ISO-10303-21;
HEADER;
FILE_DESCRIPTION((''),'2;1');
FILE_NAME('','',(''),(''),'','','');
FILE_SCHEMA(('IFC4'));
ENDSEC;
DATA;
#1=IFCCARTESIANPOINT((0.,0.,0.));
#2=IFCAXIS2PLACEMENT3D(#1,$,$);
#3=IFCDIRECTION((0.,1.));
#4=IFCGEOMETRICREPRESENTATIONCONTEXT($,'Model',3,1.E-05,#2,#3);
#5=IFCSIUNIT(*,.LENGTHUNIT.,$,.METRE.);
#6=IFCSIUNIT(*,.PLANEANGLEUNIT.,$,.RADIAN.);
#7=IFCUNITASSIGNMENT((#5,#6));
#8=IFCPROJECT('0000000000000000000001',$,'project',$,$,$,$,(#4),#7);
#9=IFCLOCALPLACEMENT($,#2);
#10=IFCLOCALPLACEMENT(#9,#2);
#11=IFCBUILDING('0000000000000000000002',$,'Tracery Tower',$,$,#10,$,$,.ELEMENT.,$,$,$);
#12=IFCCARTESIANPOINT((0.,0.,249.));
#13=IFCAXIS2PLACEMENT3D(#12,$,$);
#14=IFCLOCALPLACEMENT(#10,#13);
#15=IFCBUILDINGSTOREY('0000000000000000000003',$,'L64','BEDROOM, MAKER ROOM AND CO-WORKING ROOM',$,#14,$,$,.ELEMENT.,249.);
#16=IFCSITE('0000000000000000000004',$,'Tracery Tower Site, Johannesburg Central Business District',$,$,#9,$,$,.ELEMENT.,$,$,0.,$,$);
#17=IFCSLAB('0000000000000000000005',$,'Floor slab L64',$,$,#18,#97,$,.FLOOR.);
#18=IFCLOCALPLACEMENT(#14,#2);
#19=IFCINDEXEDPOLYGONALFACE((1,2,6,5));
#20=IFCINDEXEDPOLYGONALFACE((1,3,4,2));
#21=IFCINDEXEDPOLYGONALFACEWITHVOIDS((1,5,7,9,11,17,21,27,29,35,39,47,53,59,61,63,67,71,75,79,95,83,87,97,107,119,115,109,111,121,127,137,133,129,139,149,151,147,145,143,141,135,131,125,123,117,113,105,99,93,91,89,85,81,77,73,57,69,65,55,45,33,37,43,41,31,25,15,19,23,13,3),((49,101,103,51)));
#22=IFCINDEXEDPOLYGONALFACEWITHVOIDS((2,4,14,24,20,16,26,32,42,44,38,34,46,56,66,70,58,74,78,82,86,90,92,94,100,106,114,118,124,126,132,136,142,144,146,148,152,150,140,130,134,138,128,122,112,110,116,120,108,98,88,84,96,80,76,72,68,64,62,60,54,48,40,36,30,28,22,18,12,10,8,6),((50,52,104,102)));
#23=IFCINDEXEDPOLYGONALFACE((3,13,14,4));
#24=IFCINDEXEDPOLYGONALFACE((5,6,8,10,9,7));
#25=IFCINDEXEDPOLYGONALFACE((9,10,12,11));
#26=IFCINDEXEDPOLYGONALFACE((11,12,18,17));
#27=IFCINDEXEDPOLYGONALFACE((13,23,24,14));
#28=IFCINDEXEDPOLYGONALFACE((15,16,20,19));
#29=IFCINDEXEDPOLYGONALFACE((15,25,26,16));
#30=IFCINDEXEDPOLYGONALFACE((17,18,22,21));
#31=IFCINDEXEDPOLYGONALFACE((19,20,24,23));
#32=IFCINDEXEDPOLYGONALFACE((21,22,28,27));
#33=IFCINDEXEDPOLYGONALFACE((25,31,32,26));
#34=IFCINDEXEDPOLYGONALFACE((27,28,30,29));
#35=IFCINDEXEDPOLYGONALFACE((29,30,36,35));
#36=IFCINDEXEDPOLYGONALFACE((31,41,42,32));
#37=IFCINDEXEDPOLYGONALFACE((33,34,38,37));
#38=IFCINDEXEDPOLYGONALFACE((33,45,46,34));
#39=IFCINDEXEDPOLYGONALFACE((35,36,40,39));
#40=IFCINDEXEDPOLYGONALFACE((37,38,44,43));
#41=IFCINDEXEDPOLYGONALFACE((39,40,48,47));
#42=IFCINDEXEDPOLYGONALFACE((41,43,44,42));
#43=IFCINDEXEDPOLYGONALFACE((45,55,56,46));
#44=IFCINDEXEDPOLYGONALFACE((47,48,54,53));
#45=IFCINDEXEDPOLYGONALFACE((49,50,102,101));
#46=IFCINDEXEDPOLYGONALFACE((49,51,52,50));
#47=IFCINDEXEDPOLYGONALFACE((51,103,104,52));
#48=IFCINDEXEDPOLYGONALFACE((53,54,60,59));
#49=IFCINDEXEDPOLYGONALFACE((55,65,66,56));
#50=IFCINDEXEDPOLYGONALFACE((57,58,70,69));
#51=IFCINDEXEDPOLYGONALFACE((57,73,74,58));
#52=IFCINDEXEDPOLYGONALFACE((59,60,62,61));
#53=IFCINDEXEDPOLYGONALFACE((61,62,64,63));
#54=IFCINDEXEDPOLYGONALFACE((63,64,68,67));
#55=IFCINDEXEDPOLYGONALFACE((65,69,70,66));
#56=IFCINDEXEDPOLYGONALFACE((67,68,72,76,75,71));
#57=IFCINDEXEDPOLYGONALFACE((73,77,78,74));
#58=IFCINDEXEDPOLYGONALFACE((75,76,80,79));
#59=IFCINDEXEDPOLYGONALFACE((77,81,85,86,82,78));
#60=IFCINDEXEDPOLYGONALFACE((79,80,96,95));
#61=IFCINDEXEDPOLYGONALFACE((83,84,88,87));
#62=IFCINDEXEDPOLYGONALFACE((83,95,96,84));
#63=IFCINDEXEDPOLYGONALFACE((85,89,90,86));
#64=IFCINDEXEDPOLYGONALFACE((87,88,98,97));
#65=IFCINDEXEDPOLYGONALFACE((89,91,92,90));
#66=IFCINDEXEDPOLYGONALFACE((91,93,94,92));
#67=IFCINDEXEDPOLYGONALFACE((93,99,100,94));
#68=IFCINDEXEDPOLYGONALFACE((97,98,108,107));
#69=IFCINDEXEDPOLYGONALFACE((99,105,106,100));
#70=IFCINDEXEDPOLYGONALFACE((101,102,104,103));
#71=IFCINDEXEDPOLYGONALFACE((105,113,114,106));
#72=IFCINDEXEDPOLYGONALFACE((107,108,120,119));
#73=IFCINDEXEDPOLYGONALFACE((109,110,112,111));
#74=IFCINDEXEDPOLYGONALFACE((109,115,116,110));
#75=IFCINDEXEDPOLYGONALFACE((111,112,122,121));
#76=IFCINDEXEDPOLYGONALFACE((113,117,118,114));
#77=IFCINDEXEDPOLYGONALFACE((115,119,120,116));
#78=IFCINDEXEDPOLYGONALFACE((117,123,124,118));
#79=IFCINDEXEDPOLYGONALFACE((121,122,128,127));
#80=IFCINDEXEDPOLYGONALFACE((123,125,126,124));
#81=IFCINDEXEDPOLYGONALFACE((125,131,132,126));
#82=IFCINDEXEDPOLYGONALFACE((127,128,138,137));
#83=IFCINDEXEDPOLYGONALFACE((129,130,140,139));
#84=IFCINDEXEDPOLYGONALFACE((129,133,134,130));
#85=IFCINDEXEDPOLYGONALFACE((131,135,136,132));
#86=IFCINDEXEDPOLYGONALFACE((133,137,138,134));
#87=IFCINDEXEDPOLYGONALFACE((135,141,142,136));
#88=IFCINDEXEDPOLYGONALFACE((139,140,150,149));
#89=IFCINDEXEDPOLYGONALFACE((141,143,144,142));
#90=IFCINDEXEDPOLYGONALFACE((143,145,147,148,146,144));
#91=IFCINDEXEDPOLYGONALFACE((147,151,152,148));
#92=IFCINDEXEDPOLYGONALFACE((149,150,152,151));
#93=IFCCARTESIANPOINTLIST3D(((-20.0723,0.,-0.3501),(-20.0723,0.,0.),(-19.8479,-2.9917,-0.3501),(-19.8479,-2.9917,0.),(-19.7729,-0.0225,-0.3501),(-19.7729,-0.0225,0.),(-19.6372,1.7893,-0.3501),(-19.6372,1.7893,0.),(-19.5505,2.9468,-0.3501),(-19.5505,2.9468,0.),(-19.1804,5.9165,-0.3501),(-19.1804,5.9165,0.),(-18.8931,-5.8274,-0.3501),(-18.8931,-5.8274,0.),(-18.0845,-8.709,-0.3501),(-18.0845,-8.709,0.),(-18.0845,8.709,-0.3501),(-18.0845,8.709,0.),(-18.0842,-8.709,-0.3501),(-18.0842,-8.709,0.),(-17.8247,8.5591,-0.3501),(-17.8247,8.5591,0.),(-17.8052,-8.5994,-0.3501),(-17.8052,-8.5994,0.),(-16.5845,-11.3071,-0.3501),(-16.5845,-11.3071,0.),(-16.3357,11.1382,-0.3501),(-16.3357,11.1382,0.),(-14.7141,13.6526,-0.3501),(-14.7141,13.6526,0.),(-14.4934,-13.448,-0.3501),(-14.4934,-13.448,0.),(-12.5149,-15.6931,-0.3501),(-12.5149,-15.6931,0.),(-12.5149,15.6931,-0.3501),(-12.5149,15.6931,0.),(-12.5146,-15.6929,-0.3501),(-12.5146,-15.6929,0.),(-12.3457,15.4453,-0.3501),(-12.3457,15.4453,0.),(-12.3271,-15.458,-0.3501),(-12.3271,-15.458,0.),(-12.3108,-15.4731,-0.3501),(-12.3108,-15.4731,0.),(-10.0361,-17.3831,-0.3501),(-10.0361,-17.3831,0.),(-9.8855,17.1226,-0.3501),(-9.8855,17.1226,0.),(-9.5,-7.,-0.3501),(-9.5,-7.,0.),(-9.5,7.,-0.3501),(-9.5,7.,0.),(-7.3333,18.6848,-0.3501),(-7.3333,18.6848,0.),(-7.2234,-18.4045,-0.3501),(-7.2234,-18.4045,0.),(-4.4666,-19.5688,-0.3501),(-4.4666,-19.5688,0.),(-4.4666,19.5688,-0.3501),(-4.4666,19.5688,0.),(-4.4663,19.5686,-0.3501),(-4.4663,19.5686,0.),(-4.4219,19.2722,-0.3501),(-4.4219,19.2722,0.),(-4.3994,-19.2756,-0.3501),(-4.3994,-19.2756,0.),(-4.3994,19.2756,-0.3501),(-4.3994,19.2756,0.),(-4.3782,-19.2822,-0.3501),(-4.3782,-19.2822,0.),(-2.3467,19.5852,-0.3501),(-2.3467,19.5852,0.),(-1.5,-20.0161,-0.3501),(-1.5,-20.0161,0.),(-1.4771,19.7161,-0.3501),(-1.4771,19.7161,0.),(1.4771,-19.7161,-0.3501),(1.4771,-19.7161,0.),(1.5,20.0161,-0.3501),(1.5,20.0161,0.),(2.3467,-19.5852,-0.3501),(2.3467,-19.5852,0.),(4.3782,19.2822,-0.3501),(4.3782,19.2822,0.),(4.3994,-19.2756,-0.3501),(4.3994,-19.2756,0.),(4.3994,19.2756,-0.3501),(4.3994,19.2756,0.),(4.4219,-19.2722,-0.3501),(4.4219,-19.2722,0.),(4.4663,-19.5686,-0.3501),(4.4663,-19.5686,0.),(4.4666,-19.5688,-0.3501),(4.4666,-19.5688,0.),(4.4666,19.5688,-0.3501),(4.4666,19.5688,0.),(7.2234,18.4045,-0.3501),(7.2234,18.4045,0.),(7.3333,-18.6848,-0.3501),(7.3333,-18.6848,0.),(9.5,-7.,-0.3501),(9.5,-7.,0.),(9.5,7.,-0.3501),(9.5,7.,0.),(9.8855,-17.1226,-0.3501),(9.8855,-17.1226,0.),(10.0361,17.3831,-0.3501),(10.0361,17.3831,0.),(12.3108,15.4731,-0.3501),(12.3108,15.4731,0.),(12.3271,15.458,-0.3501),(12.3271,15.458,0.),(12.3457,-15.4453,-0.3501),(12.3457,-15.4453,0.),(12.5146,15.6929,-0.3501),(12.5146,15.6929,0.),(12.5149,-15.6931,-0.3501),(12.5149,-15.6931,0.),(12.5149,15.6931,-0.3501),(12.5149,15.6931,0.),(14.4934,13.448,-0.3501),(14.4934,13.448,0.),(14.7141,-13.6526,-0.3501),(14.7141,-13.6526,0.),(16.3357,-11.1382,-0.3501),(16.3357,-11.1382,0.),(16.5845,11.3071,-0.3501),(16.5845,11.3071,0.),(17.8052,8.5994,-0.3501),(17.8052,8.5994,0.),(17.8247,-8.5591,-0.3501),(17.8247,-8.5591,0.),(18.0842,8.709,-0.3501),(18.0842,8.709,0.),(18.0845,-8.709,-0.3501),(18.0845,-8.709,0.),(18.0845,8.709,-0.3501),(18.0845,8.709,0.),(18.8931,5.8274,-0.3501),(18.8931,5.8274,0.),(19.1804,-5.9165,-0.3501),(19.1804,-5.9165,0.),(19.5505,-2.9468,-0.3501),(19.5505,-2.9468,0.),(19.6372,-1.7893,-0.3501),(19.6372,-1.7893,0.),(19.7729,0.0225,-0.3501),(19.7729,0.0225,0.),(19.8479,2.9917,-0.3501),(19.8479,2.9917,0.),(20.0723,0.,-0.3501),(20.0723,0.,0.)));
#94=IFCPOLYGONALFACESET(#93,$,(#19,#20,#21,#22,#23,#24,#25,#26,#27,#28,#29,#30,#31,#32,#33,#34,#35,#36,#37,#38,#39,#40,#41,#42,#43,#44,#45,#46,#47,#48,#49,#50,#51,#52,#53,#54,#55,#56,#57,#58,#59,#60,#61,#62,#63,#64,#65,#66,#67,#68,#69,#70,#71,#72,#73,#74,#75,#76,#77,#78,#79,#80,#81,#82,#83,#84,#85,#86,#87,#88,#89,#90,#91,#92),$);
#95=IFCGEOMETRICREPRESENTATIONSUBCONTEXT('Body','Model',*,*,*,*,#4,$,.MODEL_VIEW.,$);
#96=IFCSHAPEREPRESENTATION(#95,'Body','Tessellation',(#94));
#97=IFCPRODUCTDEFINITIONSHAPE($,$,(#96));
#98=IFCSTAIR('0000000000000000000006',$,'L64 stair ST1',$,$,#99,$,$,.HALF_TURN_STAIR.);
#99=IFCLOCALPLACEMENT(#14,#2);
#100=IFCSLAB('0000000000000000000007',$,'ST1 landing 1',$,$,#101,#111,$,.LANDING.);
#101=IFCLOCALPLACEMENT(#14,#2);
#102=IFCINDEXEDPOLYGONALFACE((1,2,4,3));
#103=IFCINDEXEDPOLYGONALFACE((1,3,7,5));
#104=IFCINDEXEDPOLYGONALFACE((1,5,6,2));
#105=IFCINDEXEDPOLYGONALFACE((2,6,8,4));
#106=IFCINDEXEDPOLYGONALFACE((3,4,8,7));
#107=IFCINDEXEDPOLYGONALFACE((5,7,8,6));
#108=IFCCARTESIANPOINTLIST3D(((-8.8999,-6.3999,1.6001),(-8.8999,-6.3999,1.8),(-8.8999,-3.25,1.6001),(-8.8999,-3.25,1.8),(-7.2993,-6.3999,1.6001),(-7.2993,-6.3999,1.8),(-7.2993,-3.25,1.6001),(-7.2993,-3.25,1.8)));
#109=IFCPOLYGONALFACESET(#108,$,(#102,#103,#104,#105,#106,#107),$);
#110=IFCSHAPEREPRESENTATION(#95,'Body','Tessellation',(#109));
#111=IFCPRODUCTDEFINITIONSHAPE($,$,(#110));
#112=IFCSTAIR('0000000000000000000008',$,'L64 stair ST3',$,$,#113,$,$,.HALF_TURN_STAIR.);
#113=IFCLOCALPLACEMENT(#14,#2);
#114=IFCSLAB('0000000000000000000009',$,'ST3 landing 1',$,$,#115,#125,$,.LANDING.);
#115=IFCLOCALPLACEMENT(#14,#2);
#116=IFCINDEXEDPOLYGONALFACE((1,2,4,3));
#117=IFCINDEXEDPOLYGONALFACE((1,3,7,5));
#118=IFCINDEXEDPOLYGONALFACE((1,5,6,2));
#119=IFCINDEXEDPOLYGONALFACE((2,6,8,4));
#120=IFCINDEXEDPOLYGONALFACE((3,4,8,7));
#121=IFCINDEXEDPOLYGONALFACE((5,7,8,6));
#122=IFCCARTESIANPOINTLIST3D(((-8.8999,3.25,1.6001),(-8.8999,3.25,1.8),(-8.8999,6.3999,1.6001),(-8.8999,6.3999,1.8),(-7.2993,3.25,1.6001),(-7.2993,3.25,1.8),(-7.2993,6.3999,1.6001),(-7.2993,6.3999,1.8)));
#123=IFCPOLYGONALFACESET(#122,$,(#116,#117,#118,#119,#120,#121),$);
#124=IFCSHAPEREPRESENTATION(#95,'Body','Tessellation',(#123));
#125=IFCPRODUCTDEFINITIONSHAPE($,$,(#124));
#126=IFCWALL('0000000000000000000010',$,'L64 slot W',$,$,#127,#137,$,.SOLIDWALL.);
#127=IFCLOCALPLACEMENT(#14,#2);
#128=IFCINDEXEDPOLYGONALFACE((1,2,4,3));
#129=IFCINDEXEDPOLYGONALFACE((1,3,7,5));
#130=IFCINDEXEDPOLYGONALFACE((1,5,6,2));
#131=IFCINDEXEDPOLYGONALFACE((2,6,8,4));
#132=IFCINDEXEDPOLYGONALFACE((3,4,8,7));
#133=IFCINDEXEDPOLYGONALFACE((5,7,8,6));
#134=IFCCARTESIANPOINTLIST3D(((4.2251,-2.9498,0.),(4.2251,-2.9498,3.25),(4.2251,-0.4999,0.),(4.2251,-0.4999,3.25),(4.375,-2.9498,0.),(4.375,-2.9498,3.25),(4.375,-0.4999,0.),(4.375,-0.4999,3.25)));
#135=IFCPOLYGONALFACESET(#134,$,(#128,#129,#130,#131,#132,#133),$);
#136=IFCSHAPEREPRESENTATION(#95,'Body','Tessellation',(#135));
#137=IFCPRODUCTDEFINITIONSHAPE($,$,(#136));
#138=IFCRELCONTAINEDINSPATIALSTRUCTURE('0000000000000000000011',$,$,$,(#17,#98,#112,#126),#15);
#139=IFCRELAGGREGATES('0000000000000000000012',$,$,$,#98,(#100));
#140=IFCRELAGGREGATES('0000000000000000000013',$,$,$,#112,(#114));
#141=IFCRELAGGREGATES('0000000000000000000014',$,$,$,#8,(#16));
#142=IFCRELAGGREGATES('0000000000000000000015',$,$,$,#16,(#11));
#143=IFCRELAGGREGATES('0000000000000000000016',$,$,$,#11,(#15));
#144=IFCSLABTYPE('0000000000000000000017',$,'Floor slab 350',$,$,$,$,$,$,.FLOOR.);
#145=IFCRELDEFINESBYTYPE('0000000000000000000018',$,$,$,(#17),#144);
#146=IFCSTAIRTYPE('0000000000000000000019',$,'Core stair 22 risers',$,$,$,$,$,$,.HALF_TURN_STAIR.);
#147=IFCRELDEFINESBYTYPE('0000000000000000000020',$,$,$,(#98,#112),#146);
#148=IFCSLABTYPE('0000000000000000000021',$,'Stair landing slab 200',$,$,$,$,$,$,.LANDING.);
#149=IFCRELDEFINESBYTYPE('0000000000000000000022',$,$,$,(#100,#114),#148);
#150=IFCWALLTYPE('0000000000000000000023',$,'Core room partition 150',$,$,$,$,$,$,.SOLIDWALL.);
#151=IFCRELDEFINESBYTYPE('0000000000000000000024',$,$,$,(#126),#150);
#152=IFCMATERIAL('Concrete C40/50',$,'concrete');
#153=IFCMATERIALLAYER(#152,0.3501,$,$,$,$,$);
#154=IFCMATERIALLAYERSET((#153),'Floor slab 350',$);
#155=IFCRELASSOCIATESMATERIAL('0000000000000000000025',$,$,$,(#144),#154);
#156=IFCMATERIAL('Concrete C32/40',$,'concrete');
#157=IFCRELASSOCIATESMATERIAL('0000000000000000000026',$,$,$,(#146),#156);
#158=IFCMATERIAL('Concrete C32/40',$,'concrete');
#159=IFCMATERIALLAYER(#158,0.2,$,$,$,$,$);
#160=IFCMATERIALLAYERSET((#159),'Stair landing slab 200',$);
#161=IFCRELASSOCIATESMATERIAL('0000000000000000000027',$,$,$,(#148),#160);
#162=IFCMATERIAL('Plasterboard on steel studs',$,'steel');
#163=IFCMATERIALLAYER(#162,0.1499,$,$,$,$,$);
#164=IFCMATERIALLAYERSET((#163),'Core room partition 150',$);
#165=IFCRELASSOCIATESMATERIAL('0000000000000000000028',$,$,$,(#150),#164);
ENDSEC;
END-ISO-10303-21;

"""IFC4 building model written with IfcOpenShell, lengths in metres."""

from ifc_helpers import new_model, si_unit, direction, frame, frame_2d, origin, place, context, subcontext, project, spatial, polyline, rectangle, outline, extrude, material, layer, layer_set, type_object, element, aggregate, save


model = new_model("IFC4")

# Units and contexts
model_context = context("Model", 3, precision=1e-05, world=origin(), true_north=direction((0.0, 1.0)))
body_context = subcontext(model_context, "Body", "Model", "MODEL_VIEW")
ifc_project = project(units=[si_unit("LENGTHUNIT", "METRE"), si_unit("PLANEANGLEUNIT", "RADIAN")], contexts=[model_context])

# Site, building, storey
site_placement = place(None, origin())
site = spatial("IfcSite", under=ifc_project, at=site_placement, Name="Tracery Tower Site, Johannesburg Central Business District", CompositionType="ELEMENT", RefElevation=0.0)
building_placement = place(site_placement, origin())
building = spatial("IfcBuilding", under=site, at=building_placement, Name="Tracery Tower", CompositionType="ELEMENT")
storey_placement = place(building_placement, frame((0.0, 0.0, 249.0)))
storey = spatial("IfcBuildingStorey", under=building, at=storey_placement, Name="L64", Description="BEDROOM, MAKER ROOM AND CO-WORKING ROOM", CompositionType="ELEMENT", Elevation=249.0)

# Slab
ifc_material_1 = material(Name="Concrete C40/50", Category="concrete")
ifc_layer_1 = layer(ifc_material_1, 0.3501)
ifc_layer_set_1 = layer_set([ifc_layer_1], Name="Floor slab 350")
slab_type_1 = type_object("IfcSlabType", Name="Floor slab 350", PredefinedType="FLOOR", material=ifc_layer_set_1)
slab_1_placement = place(storey_placement, frame((0.0, 0.0, -0.3501)))
element("IfcSlab", 1, at=slab_1_placement, inside=storey, type_object=slab_type_1, Name="Floor slab L64", PredefinedType="FLOOR", context=body_context, shape_type="SweptSolid", body=[
    extrude(outline(polyline([(18.8931, 5.8274), (17.8052, 8.5994), (18.0842, 8.709), (18.0845, 8.709), (16.5845, 11.3071), (14.4934, 13.448), (12.3271, 15.458), (12.3271, 15.458), (12.3108, 15.4731), (12.5146, 15.6929), (12.5149, 15.6931), (10.0361, 17.3831), (7.2234, 18.4045), (4.3994, 19.2756), (4.3994, 19.2756), (4.3782, 19.2822), (4.4666, 19.5688), (1.5, 20.0161), (-1.4771, 19.7161), (-2.3467, 19.5852), (-4.3994, 19.2756), (-4.3994, 19.2756), (-4.4219, 19.2722), (-4.4663, 19.5686), (-4.4666, 19.5688), (-7.3333, 18.6848), (-9.8855, 17.1226), (-12.3457, 15.4453), (-12.5149, 15.6931), (-14.7141, 13.6526), (-16.3357, 11.1382), (-17.8247, 8.5591), (-18.0845, 8.709), (-19.1804, 5.9165), (-19.5505, 2.9468), (-19.6372, 1.7893), (-19.7729, -0.0225), (-20.0723, 0.0), (-20.0723, 0.0), (-19.8479, -2.9917), (-18.8931, -5.8274), (-17.8052, -8.5994), (-18.0842, -8.709), (-18.0845, -8.709), (-16.5845, -11.3071), (-14.4934, -13.448), (-12.3271, -15.458), (-12.3271, -15.458), (-12.3108, -15.4731), (-12.5146, -15.6929), (-12.5149, -15.6931), (-10.0361, -17.3831), (-7.2234, -18.4045), (-4.3994, -19.2756), (-4.3994, -19.2756), (-4.3782, -19.2822), (-4.4666, -19.5688), (-1.5, -20.0161), (1.4771, -19.7161), (2.3467, -19.5852), (4.3994, -19.2756), (4.3994, -19.2756), (4.4219, -19.2722), (4.4663, -19.5686), (4.4666, -19.5688), (7.3333, -18.6848), (9.8855, -17.1226), (12.3457, -15.4453), (12.5149, -15.6931), (14.7141, -13.6526), (16.3357, -11.1382), (17.8247, -8.5591), (18.0845, -8.709), (19.1804, -5.9165), (19.5505, -2.9468), (19.6372, -1.7893), (19.7729, 0.0225), (20.0723, 0.0), (19.8479, 2.9917), (18.8931, 5.8274)]), holes=[polyline([(-9.5, -7.0), (9.5, -7.0), (9.5, 7.0), (-9.5, 7.0), (-9.5, -7.0)])]), origin(), (0.0, 0.0, 1.0), 0.3501),
])

# Stairs, slabs
ifc_material_2 = material(Name="Concrete C32/40", Category="concrete")
stair_type = type_object("IfcStairType", Name="Core stair 22 risers", PredefinedType="HALF_TURN_STAIR", material=ifc_material_2)
stair_1_placement = place(storey_placement, origin())
stair_1 = element("IfcStair", 2, at=stair_1_placement, inside=storey, type_object=stair_type, Name="L64 stair ST1", PredefinedType="HALF_TURN_STAIR")
ifc_material_3 = material(Name="Concrete C32/40", Category="concrete")
ifc_layer_2 = layer(ifc_material_3, 0.2)
ifc_layer_set_2 = layer_set([ifc_layer_2], Name="Stair landing slab 200")
slab_type_2 = type_object("IfcSlabType", Name="Stair landing slab 200", PredefinedType="LANDING", material=ifc_layer_set_2)
slab_2_placement = place(storey_placement, frame((0.0, 0.0, 1.6001)))
slab_2 = element("IfcSlab", 3, at=slab_2_placement, type_object=slab_type_2, Name="ST1 landing 1", PredefinedType="LANDING", context=body_context, shape_type="SweptSolid", body=[
    extrude(outline(polyline([(-7.2993, -3.25), (-8.8999, -3.25), (-8.8999, -6.3999), (-7.2993, -6.3999), (-7.2993, -3.25)])), origin(), (0.0, 0.0, 1.0), 0.2),
])
aggregate(stair_1, [slab_2])
stair_2_placement = place(storey_placement, origin())
stair_2 = element("IfcStair", 4, at=stair_2_placement, inside=storey, type_object=stair_type, Name="L64 stair ST3", PredefinedType="HALF_TURN_STAIR")
slab_3_placement = place(storey_placement, frame((0.0, 0.0, 1.6001)))
slab_3 = element("IfcSlab", 5, at=slab_3_placement, type_object=slab_type_2, Name="ST3 landing 1", PredefinedType="LANDING", context=body_context, shape_type="SweptSolid", body=[
    extrude(outline(polyline([(-7.2993, 6.3999), (-8.8999, 6.3999), (-8.8999, 3.25), (-7.2993, 3.25), (-7.2993, 6.3999)])), origin(), (0.0, 0.0, 1.0), 0.2),
])
aggregate(stair_2, [slab_3])

# Wall
ifc_material_4 = material(Name="Plasterboard on steel studs", Category="steel")
ifc_layer_3 = layer(ifc_material_4, 0.1499)
ifc_layer_set_3 = layer_set([ifc_layer_3], Name="Core room partition 150")
wall_type_1 = type_object("IfcWallType", Name="Core room partition 150", PredefinedType="SOLIDWALL", material=ifc_layer_set_3)
wall_1_placement = place(storey_placement, frame((4.3, -2.95, 0.0), z_axis=(0.0, 0.0, 1.0), x_axis=(0.0, 1.0, 0.0)))
element("IfcWall", 6, at=wall_1_placement, inside=storey, type_object=wall_type_1, Name="L64 slot W", PredefinedType="SOLIDWALL", context=body_context, shape_type="SweptSolid", body=[
    extrude(rectangle(XDim=2.45, YDim=0.1499, at=frame_2d((1.2251, 0.0))), origin(), (0.0, 0.0, 1.0), 3.25),
])

save(model, "model.ifc")
